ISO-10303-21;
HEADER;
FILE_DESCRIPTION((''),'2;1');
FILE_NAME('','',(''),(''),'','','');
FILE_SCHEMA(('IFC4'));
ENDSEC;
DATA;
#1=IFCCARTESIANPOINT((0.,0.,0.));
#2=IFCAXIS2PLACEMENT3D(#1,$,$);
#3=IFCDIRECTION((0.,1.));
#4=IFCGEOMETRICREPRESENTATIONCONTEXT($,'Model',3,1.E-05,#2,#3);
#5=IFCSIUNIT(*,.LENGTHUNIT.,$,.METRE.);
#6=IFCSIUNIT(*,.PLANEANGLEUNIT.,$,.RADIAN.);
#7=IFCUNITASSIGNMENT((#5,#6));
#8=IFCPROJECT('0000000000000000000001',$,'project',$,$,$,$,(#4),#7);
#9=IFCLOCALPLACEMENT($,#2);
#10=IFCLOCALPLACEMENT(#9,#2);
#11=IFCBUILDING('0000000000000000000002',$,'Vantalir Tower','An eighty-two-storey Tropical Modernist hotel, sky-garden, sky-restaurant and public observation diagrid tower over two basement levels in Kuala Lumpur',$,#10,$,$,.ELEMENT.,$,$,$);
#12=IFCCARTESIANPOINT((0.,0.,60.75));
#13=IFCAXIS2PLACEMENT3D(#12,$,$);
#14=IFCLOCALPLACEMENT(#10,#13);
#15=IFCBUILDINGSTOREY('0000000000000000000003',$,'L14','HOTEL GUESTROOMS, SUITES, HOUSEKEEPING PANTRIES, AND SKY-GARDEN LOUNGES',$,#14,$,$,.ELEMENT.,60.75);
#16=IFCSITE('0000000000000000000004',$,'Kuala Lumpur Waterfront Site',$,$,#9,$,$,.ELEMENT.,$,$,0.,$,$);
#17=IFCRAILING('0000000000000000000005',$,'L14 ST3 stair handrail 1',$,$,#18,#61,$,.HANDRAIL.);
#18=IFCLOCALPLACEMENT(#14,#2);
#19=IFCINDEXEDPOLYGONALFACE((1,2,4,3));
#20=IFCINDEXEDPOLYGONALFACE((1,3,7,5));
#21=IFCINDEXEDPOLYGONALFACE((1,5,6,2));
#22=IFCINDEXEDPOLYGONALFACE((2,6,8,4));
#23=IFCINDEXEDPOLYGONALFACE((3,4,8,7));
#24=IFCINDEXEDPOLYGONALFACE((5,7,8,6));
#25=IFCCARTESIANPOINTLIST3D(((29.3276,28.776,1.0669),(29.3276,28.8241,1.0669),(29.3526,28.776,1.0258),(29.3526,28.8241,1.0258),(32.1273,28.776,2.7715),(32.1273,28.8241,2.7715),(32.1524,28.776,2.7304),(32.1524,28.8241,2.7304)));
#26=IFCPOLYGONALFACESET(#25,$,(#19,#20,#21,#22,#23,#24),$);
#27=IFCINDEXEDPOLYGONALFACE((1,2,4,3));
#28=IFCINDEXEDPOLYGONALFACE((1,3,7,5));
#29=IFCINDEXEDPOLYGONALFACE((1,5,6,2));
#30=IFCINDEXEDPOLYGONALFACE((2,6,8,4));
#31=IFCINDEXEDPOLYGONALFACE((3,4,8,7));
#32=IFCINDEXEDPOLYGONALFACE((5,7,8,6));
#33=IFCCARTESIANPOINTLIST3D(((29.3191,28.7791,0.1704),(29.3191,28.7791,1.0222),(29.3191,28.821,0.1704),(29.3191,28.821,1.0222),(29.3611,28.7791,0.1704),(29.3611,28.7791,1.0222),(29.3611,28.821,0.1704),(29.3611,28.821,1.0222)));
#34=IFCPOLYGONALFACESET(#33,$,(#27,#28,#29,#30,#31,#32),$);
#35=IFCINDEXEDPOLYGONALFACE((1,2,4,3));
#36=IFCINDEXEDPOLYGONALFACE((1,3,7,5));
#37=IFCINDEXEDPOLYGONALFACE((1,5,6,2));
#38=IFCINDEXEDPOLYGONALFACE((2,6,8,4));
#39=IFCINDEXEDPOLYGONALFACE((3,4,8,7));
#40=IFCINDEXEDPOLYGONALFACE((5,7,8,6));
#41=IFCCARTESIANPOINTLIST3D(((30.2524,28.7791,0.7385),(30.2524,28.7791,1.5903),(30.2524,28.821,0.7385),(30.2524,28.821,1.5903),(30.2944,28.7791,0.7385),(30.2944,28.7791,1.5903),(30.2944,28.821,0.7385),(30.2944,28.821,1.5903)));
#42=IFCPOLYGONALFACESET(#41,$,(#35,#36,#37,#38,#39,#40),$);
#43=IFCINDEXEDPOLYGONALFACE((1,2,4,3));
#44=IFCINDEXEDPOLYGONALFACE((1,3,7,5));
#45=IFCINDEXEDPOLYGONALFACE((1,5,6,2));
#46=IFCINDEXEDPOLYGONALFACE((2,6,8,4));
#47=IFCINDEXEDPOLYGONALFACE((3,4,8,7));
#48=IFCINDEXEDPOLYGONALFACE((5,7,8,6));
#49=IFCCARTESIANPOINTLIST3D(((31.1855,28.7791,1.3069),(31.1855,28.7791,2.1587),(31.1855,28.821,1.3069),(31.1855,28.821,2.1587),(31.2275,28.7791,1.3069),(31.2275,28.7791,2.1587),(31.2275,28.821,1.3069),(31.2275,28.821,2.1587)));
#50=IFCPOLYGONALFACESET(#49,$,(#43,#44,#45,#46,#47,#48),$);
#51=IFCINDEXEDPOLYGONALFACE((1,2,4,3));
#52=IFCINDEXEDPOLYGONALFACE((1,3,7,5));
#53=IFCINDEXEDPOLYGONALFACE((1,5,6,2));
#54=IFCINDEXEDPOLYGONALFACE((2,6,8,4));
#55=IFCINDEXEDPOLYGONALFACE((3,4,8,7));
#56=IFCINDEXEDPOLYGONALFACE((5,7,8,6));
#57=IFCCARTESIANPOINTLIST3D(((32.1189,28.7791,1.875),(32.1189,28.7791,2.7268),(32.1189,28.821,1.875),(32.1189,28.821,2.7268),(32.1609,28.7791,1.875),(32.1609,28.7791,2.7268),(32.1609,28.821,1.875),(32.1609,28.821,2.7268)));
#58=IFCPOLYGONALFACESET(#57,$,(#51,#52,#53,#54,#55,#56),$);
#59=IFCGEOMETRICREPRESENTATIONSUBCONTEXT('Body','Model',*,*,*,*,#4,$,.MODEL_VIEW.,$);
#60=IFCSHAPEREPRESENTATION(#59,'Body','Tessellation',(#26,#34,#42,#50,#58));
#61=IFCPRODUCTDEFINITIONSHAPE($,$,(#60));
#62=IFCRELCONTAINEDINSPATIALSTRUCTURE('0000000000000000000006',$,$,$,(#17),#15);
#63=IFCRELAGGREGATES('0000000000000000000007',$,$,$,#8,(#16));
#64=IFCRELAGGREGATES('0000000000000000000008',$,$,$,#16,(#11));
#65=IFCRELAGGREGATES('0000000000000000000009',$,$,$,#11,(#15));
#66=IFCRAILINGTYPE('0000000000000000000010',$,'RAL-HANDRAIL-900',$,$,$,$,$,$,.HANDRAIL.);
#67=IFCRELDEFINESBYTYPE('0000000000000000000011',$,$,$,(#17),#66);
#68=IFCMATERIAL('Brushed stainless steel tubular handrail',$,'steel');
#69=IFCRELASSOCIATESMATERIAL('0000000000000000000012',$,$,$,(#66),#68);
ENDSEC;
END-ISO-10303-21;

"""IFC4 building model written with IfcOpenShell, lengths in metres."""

from ifc_helpers import new_model, si_unit, direction, frame, origin, origin_2d, place, context, subcontext, project, spatial, rectangle, extrude, material, type_object, element, save


model = new_model("IFC4")

# Units and contexts
model_context = context("Model", 3, precision=1e-05, world=origin(), true_north=direction((0.0, 1.0)))
body_context = subcontext(model_context, "Body", "Model", "MODEL_VIEW")
ifc_project = project(units=[si_unit("LENGTHUNIT", "METRE"), si_unit("PLANEANGLEUNIT", "RADIAN")], contexts=[model_context])

# Site, building, storey
site_placement = place(None, origin())
site = spatial("IfcSite", under=ifc_project, at=site_placement, Name="Kuala Lumpur Waterfront Site", CompositionType="ELEMENT", RefElevation=0.0)
building_placement = place(site_placement, origin())
building = spatial("IfcBuilding", under=site, at=building_placement, Name="Vantalir Tower", Description="An eighty-two-storey Tropical Modernist hotel, sky-garden, sky-restaurant and public observation diagrid tower over two basement levels in Kuala Lumpur", CompositionType="ELEMENT")
storey_placement = place(building_placement, frame((0.0, 0.0, 60.75)))
storey = spatial("IfcBuildingStorey", under=building, at=storey_placement, Name="L14", Description="HOTEL GUESTROOMS, SUITES, HOUSEKEEPING PANTRIES, AND SKY-GARDEN LOUNGES", CompositionType="ELEMENT", Elevation=60.75)

# Railing
ifc_material_1 = material(Name="Brushed stainless steel tubular handrail", Category="steel")
railing_type_1 = type_object("IfcRailingType", Name="RAL-HANDRAIL-900", PredefinedType="HANDRAIL", material=ifc_material_1)
railing_1_placement = place(storey_placement, frame((29.3401, 28.8, 0.1704)))
element("IfcRailing", 1, at=railing_1_placement, inside=storey, type_object=railing_type_1, Name="L14 ST3 stair handrail 1", PredefinedType="HANDRAIL", context=body_context, shape_type="SweptSolid", body=[
    extrude(rectangle(XDim=0.0481, YDim=0.0481, at=origin_2d()), frame((0.0, 0.0, 0.876), z_axis=(0.85415, 0.0, 0.520027), x_axis=(0.0, 1.0, 0.0)), (0.0, 0.0, 1.0), 3.2778),
    extrude(rectangle(XDim=0.042, YDim=0.042, at=origin_2d()), origin(), (0.0, 0.0, 1.0), 0.8518),
    extrude(rectangle(XDim=0.042, YDim=0.042, at=origin_2d()), frame((0.9333, 0.0, 0.5681)), (0.0, 0.0, 1.0), 0.8518),
    extrude(rectangle(XDim=0.042, YDim=0.042, at=origin_2d()), frame((1.8665, 0.0, 1.1365)), (0.0, 0.0, 1.0), 0.8518),
    extrude(rectangle(XDim=0.042, YDim=0.042, at=origin_2d()), frame((2.7998, 0.0, 1.7046)), (0.0, 0.0, 1.0), 0.8518),
])

save(model, "model.ifc")
